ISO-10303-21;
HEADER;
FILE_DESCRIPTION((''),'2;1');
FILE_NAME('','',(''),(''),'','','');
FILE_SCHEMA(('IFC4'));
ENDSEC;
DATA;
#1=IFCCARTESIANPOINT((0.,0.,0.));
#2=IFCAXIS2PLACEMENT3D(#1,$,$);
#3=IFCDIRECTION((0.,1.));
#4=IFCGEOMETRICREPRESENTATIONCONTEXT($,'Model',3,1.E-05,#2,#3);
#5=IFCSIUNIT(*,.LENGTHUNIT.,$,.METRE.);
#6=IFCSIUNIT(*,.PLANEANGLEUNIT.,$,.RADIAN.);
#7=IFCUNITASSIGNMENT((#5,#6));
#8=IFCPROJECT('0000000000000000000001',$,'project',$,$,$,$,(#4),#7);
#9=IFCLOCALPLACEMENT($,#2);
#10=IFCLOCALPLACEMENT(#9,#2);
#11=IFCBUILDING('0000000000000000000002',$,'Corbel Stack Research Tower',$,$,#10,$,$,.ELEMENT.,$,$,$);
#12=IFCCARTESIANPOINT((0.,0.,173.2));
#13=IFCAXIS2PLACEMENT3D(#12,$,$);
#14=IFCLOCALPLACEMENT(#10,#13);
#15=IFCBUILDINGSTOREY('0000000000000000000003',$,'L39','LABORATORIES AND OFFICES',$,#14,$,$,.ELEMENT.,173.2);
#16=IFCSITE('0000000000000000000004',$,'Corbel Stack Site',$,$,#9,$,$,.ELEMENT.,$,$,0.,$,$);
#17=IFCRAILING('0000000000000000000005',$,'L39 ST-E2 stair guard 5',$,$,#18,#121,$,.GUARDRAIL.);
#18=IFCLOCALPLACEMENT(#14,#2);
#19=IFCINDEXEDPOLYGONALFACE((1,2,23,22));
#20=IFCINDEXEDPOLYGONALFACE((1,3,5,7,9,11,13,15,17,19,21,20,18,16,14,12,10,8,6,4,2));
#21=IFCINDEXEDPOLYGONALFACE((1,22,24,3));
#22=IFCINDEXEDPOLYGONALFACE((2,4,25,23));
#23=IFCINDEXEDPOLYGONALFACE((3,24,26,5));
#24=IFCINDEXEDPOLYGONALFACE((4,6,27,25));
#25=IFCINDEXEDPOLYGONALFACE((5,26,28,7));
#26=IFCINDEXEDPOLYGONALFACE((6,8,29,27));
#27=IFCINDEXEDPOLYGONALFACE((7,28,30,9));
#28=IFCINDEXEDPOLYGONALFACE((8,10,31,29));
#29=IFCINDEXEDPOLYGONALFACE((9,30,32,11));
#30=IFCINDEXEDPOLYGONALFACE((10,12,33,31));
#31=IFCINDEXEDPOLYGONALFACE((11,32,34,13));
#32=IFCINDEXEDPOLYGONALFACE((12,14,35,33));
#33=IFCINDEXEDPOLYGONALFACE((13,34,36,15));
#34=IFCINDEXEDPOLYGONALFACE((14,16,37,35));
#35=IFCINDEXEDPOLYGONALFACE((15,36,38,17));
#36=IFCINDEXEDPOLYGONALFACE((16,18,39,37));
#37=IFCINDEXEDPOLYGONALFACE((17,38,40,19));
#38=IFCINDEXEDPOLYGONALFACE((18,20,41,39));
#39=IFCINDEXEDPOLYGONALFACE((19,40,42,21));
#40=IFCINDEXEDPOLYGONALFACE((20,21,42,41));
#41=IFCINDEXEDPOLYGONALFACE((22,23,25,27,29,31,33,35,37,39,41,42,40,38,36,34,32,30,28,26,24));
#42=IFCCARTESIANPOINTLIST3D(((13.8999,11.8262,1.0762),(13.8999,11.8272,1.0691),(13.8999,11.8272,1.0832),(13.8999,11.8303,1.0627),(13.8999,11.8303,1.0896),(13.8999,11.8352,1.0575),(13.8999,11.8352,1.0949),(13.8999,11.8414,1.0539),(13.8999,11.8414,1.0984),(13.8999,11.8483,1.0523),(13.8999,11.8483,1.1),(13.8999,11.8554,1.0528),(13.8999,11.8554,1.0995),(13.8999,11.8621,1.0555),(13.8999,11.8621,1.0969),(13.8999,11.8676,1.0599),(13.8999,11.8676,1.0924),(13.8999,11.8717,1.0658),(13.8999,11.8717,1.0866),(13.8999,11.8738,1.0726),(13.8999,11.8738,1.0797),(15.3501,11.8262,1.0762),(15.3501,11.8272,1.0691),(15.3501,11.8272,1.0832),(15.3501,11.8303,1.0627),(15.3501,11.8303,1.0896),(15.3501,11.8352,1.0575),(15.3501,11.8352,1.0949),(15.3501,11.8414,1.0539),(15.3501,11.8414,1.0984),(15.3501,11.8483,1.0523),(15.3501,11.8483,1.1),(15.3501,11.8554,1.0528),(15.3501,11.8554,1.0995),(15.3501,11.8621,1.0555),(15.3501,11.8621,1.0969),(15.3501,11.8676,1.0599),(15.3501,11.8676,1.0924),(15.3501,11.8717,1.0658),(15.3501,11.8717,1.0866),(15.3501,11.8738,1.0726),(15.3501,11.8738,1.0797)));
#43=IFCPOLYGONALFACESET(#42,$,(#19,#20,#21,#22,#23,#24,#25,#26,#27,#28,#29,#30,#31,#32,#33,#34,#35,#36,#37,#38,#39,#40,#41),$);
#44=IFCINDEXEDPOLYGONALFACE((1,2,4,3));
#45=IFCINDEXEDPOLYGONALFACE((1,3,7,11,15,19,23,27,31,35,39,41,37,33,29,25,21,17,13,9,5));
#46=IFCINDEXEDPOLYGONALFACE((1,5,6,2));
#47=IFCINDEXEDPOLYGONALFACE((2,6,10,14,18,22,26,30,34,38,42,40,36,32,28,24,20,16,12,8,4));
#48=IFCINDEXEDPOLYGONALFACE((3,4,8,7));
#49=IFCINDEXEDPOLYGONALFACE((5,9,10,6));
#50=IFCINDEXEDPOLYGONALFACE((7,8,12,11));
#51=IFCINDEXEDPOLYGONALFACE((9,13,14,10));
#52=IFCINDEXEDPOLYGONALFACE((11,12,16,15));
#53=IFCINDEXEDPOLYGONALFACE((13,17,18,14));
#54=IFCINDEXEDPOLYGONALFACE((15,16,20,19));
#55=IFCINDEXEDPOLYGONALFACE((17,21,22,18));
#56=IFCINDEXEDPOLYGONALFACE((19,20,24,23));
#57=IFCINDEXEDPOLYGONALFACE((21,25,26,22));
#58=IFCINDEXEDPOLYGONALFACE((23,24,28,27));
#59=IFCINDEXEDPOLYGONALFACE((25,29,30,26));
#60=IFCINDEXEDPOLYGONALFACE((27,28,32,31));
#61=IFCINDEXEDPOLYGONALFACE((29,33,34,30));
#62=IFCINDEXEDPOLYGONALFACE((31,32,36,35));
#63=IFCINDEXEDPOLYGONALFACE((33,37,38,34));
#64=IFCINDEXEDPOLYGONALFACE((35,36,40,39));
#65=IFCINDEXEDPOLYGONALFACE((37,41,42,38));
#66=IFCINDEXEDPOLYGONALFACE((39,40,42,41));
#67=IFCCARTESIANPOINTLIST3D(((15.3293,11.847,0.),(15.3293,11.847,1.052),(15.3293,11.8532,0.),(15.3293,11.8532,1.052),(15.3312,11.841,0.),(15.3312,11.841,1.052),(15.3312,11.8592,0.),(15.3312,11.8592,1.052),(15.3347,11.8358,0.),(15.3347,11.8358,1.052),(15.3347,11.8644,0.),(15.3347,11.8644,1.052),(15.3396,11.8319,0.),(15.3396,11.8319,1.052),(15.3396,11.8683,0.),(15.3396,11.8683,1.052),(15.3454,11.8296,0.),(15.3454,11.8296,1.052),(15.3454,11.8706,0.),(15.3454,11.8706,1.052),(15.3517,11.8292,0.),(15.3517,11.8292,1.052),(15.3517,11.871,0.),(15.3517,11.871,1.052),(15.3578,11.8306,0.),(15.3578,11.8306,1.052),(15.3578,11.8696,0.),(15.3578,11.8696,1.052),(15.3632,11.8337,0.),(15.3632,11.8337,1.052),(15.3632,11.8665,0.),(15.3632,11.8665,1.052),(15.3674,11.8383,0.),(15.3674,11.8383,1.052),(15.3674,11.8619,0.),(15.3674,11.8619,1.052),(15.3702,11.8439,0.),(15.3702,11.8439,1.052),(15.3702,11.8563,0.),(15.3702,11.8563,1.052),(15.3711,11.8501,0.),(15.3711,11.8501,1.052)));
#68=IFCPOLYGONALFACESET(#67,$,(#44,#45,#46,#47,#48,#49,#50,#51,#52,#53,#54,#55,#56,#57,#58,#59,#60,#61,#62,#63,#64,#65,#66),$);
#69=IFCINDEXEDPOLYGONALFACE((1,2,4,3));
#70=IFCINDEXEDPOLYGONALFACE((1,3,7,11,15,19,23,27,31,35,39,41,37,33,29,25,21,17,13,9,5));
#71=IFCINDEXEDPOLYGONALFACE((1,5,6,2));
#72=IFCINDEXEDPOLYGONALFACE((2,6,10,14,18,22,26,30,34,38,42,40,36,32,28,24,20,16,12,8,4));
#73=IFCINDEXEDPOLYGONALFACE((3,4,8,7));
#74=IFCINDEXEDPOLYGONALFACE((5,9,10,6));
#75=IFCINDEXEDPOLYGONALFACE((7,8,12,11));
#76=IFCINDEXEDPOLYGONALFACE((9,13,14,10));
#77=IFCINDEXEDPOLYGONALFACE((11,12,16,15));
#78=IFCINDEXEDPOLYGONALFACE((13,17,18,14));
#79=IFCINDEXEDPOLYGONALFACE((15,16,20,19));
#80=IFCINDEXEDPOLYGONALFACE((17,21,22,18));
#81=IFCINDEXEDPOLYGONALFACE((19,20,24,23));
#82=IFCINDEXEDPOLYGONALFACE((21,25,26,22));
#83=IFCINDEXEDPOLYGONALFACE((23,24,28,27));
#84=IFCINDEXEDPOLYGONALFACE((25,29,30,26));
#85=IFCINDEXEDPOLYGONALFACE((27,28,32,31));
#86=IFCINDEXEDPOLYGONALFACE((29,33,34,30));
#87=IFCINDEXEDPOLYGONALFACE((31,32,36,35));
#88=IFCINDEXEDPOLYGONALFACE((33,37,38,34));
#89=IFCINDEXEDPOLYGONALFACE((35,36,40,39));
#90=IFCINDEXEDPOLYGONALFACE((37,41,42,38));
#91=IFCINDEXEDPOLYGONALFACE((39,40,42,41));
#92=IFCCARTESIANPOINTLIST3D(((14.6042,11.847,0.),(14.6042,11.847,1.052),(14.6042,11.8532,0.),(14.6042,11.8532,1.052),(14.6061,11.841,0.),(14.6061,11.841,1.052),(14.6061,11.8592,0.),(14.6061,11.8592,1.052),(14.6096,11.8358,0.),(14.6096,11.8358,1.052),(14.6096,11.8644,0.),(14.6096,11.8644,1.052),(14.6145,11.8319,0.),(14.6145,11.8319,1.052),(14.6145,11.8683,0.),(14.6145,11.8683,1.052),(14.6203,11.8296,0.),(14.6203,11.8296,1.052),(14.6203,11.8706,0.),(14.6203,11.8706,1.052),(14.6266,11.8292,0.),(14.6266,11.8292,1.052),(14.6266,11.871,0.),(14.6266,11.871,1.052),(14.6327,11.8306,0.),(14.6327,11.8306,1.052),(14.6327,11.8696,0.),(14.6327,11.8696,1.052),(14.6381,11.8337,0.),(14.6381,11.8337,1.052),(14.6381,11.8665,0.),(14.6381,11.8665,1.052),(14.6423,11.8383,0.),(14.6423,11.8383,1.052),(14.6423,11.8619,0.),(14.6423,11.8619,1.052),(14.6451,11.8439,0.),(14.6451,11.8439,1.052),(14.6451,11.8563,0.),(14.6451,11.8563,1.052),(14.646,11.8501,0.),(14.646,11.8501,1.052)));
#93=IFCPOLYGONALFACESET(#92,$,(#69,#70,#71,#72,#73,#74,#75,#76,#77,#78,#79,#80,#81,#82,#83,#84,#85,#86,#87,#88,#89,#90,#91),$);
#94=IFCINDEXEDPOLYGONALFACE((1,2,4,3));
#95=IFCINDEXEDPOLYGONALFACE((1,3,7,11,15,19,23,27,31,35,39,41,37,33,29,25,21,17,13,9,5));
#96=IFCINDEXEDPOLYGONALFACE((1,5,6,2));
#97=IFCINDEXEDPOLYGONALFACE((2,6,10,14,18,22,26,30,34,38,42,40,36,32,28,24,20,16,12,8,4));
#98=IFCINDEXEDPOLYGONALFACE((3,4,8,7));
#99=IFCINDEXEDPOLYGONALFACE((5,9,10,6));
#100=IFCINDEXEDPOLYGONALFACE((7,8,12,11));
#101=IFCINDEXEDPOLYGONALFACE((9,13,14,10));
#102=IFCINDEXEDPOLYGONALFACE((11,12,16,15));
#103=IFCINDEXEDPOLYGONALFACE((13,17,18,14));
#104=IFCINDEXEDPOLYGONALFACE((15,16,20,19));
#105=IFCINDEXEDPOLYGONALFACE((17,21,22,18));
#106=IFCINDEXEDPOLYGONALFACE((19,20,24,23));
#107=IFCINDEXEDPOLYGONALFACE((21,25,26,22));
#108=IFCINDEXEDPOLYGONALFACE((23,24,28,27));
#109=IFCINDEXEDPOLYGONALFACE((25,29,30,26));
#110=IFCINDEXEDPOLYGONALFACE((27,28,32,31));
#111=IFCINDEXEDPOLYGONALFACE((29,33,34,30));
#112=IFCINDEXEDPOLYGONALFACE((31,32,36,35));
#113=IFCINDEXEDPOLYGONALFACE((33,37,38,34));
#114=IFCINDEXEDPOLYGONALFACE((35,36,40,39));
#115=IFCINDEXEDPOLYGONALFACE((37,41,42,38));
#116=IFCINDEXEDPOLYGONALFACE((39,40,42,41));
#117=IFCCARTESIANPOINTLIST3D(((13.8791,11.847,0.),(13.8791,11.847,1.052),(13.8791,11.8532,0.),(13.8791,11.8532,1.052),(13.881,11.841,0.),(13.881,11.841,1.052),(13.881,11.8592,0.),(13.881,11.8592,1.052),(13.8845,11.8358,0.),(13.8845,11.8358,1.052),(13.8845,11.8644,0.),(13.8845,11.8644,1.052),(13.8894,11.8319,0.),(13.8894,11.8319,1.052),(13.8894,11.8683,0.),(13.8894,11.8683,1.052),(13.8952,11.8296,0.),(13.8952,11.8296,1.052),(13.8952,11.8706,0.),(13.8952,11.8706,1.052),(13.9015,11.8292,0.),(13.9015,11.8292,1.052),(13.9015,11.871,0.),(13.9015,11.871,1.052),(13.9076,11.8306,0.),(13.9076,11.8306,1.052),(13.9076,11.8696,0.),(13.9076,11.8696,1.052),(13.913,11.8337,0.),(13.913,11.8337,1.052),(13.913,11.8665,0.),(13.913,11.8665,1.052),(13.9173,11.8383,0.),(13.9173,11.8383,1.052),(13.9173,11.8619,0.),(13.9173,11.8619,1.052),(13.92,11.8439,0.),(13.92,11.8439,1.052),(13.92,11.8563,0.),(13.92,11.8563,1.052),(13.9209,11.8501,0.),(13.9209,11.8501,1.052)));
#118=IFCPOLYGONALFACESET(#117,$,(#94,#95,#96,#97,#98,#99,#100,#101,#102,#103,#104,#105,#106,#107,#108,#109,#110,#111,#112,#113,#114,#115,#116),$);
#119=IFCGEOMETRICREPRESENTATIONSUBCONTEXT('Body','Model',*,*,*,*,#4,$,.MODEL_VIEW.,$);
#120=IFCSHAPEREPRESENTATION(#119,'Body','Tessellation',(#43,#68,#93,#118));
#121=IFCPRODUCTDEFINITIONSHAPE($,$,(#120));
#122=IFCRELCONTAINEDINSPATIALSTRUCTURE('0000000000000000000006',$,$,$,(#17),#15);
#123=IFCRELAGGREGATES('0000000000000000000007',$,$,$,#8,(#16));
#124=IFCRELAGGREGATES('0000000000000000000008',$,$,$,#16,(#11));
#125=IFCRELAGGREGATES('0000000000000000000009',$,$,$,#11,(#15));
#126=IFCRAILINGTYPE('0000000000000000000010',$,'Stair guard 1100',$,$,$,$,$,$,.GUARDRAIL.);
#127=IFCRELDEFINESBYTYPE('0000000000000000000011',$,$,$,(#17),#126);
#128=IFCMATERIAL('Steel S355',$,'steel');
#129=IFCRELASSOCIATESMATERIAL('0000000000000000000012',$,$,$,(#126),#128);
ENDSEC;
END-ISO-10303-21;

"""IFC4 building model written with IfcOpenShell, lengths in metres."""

from ifc_helpers import new_model, si_unit, direction, frame, origin, origin_2d, place, context, subcontext, project, spatial, circle, extrude, material, type_object, element, save


model = new_model("IFC4")

# Units and contexts
model_context = context("Model", 3, precision=1e-05, world=origin(), true_north=direction((0.0, 1.0)))
body_context = subcontext(model_context, "Body", "Model", "MODEL_VIEW")
ifc_project = project(units=[si_unit("LENGTHUNIT", "METRE"), si_unit("PLANEANGLEUNIT", "RADIAN")], contexts=[model_context])

# Site, building, storey
site_placement = place(None, origin())
site = spatial("IfcSite", under=ifc_project, at=site_placement, Name="Corbel Stack Site", CompositionType="ELEMENT", RefElevation=0.0)
building_placement = place(site_placement, origin())
building = spatial("IfcBuilding", under=site, at=building_placement, Name="Corbel Stack Research Tower", CompositionType="ELEMENT")
storey_placement = place(building_placement, frame((0.0, 0.0, 173.2)))
storey = spatial("IfcBuildingStorey", under=building, at=storey_placement, Name="L39", Description="LABORATORIES AND OFFICES", CompositionType="ELEMENT", Elevation=173.2)

# Railing
ifc_material_1 = material(Name="Steel S355", Category="steel")
railing_type_1 = type_object("IfcRailingType", Name="Stair guard 1100", PredefinedType="GUARDRAIL", material=ifc_material_1)
railing_1_placement = place(storey_placement, frame((15.3501, 11.8501, 0.0)))
element("IfcRailing", 1, at=railing_1_placement, inside=storey, type_object=railing_type_1, Name="L39 ST-E2 stair guard 5", PredefinedType="GUARDRAIL", context=body_context, shape_type="SweptSolid", body=[
    extrude(circle(Radius=0.0239, at=origin_2d()), frame((0.0, 0.0, 1.0762), z_axis=(-1.0, 0.0, 0.0), x_axis=(0.0, -1.0, 0.0)), (0.0, 0.0, 1.0), 1.4502),
    extrude(circle(Radius=0.021, at=origin_2d()), origin(), (0.0, 0.0, 1.0), 1.052),
    extrude(circle(Radius=0.021, at=origin_2d()), frame((-0.7251, 0.0, 0.0)), (0.0, 0.0, 1.0), 1.052),
    extrude(circle(Radius=0.021, at=origin_2d()), frame((-1.4502, 0.0, 0.0)), (0.0, 0.0, 1.0), 1.052),
])

save(model, "model.ifc")
